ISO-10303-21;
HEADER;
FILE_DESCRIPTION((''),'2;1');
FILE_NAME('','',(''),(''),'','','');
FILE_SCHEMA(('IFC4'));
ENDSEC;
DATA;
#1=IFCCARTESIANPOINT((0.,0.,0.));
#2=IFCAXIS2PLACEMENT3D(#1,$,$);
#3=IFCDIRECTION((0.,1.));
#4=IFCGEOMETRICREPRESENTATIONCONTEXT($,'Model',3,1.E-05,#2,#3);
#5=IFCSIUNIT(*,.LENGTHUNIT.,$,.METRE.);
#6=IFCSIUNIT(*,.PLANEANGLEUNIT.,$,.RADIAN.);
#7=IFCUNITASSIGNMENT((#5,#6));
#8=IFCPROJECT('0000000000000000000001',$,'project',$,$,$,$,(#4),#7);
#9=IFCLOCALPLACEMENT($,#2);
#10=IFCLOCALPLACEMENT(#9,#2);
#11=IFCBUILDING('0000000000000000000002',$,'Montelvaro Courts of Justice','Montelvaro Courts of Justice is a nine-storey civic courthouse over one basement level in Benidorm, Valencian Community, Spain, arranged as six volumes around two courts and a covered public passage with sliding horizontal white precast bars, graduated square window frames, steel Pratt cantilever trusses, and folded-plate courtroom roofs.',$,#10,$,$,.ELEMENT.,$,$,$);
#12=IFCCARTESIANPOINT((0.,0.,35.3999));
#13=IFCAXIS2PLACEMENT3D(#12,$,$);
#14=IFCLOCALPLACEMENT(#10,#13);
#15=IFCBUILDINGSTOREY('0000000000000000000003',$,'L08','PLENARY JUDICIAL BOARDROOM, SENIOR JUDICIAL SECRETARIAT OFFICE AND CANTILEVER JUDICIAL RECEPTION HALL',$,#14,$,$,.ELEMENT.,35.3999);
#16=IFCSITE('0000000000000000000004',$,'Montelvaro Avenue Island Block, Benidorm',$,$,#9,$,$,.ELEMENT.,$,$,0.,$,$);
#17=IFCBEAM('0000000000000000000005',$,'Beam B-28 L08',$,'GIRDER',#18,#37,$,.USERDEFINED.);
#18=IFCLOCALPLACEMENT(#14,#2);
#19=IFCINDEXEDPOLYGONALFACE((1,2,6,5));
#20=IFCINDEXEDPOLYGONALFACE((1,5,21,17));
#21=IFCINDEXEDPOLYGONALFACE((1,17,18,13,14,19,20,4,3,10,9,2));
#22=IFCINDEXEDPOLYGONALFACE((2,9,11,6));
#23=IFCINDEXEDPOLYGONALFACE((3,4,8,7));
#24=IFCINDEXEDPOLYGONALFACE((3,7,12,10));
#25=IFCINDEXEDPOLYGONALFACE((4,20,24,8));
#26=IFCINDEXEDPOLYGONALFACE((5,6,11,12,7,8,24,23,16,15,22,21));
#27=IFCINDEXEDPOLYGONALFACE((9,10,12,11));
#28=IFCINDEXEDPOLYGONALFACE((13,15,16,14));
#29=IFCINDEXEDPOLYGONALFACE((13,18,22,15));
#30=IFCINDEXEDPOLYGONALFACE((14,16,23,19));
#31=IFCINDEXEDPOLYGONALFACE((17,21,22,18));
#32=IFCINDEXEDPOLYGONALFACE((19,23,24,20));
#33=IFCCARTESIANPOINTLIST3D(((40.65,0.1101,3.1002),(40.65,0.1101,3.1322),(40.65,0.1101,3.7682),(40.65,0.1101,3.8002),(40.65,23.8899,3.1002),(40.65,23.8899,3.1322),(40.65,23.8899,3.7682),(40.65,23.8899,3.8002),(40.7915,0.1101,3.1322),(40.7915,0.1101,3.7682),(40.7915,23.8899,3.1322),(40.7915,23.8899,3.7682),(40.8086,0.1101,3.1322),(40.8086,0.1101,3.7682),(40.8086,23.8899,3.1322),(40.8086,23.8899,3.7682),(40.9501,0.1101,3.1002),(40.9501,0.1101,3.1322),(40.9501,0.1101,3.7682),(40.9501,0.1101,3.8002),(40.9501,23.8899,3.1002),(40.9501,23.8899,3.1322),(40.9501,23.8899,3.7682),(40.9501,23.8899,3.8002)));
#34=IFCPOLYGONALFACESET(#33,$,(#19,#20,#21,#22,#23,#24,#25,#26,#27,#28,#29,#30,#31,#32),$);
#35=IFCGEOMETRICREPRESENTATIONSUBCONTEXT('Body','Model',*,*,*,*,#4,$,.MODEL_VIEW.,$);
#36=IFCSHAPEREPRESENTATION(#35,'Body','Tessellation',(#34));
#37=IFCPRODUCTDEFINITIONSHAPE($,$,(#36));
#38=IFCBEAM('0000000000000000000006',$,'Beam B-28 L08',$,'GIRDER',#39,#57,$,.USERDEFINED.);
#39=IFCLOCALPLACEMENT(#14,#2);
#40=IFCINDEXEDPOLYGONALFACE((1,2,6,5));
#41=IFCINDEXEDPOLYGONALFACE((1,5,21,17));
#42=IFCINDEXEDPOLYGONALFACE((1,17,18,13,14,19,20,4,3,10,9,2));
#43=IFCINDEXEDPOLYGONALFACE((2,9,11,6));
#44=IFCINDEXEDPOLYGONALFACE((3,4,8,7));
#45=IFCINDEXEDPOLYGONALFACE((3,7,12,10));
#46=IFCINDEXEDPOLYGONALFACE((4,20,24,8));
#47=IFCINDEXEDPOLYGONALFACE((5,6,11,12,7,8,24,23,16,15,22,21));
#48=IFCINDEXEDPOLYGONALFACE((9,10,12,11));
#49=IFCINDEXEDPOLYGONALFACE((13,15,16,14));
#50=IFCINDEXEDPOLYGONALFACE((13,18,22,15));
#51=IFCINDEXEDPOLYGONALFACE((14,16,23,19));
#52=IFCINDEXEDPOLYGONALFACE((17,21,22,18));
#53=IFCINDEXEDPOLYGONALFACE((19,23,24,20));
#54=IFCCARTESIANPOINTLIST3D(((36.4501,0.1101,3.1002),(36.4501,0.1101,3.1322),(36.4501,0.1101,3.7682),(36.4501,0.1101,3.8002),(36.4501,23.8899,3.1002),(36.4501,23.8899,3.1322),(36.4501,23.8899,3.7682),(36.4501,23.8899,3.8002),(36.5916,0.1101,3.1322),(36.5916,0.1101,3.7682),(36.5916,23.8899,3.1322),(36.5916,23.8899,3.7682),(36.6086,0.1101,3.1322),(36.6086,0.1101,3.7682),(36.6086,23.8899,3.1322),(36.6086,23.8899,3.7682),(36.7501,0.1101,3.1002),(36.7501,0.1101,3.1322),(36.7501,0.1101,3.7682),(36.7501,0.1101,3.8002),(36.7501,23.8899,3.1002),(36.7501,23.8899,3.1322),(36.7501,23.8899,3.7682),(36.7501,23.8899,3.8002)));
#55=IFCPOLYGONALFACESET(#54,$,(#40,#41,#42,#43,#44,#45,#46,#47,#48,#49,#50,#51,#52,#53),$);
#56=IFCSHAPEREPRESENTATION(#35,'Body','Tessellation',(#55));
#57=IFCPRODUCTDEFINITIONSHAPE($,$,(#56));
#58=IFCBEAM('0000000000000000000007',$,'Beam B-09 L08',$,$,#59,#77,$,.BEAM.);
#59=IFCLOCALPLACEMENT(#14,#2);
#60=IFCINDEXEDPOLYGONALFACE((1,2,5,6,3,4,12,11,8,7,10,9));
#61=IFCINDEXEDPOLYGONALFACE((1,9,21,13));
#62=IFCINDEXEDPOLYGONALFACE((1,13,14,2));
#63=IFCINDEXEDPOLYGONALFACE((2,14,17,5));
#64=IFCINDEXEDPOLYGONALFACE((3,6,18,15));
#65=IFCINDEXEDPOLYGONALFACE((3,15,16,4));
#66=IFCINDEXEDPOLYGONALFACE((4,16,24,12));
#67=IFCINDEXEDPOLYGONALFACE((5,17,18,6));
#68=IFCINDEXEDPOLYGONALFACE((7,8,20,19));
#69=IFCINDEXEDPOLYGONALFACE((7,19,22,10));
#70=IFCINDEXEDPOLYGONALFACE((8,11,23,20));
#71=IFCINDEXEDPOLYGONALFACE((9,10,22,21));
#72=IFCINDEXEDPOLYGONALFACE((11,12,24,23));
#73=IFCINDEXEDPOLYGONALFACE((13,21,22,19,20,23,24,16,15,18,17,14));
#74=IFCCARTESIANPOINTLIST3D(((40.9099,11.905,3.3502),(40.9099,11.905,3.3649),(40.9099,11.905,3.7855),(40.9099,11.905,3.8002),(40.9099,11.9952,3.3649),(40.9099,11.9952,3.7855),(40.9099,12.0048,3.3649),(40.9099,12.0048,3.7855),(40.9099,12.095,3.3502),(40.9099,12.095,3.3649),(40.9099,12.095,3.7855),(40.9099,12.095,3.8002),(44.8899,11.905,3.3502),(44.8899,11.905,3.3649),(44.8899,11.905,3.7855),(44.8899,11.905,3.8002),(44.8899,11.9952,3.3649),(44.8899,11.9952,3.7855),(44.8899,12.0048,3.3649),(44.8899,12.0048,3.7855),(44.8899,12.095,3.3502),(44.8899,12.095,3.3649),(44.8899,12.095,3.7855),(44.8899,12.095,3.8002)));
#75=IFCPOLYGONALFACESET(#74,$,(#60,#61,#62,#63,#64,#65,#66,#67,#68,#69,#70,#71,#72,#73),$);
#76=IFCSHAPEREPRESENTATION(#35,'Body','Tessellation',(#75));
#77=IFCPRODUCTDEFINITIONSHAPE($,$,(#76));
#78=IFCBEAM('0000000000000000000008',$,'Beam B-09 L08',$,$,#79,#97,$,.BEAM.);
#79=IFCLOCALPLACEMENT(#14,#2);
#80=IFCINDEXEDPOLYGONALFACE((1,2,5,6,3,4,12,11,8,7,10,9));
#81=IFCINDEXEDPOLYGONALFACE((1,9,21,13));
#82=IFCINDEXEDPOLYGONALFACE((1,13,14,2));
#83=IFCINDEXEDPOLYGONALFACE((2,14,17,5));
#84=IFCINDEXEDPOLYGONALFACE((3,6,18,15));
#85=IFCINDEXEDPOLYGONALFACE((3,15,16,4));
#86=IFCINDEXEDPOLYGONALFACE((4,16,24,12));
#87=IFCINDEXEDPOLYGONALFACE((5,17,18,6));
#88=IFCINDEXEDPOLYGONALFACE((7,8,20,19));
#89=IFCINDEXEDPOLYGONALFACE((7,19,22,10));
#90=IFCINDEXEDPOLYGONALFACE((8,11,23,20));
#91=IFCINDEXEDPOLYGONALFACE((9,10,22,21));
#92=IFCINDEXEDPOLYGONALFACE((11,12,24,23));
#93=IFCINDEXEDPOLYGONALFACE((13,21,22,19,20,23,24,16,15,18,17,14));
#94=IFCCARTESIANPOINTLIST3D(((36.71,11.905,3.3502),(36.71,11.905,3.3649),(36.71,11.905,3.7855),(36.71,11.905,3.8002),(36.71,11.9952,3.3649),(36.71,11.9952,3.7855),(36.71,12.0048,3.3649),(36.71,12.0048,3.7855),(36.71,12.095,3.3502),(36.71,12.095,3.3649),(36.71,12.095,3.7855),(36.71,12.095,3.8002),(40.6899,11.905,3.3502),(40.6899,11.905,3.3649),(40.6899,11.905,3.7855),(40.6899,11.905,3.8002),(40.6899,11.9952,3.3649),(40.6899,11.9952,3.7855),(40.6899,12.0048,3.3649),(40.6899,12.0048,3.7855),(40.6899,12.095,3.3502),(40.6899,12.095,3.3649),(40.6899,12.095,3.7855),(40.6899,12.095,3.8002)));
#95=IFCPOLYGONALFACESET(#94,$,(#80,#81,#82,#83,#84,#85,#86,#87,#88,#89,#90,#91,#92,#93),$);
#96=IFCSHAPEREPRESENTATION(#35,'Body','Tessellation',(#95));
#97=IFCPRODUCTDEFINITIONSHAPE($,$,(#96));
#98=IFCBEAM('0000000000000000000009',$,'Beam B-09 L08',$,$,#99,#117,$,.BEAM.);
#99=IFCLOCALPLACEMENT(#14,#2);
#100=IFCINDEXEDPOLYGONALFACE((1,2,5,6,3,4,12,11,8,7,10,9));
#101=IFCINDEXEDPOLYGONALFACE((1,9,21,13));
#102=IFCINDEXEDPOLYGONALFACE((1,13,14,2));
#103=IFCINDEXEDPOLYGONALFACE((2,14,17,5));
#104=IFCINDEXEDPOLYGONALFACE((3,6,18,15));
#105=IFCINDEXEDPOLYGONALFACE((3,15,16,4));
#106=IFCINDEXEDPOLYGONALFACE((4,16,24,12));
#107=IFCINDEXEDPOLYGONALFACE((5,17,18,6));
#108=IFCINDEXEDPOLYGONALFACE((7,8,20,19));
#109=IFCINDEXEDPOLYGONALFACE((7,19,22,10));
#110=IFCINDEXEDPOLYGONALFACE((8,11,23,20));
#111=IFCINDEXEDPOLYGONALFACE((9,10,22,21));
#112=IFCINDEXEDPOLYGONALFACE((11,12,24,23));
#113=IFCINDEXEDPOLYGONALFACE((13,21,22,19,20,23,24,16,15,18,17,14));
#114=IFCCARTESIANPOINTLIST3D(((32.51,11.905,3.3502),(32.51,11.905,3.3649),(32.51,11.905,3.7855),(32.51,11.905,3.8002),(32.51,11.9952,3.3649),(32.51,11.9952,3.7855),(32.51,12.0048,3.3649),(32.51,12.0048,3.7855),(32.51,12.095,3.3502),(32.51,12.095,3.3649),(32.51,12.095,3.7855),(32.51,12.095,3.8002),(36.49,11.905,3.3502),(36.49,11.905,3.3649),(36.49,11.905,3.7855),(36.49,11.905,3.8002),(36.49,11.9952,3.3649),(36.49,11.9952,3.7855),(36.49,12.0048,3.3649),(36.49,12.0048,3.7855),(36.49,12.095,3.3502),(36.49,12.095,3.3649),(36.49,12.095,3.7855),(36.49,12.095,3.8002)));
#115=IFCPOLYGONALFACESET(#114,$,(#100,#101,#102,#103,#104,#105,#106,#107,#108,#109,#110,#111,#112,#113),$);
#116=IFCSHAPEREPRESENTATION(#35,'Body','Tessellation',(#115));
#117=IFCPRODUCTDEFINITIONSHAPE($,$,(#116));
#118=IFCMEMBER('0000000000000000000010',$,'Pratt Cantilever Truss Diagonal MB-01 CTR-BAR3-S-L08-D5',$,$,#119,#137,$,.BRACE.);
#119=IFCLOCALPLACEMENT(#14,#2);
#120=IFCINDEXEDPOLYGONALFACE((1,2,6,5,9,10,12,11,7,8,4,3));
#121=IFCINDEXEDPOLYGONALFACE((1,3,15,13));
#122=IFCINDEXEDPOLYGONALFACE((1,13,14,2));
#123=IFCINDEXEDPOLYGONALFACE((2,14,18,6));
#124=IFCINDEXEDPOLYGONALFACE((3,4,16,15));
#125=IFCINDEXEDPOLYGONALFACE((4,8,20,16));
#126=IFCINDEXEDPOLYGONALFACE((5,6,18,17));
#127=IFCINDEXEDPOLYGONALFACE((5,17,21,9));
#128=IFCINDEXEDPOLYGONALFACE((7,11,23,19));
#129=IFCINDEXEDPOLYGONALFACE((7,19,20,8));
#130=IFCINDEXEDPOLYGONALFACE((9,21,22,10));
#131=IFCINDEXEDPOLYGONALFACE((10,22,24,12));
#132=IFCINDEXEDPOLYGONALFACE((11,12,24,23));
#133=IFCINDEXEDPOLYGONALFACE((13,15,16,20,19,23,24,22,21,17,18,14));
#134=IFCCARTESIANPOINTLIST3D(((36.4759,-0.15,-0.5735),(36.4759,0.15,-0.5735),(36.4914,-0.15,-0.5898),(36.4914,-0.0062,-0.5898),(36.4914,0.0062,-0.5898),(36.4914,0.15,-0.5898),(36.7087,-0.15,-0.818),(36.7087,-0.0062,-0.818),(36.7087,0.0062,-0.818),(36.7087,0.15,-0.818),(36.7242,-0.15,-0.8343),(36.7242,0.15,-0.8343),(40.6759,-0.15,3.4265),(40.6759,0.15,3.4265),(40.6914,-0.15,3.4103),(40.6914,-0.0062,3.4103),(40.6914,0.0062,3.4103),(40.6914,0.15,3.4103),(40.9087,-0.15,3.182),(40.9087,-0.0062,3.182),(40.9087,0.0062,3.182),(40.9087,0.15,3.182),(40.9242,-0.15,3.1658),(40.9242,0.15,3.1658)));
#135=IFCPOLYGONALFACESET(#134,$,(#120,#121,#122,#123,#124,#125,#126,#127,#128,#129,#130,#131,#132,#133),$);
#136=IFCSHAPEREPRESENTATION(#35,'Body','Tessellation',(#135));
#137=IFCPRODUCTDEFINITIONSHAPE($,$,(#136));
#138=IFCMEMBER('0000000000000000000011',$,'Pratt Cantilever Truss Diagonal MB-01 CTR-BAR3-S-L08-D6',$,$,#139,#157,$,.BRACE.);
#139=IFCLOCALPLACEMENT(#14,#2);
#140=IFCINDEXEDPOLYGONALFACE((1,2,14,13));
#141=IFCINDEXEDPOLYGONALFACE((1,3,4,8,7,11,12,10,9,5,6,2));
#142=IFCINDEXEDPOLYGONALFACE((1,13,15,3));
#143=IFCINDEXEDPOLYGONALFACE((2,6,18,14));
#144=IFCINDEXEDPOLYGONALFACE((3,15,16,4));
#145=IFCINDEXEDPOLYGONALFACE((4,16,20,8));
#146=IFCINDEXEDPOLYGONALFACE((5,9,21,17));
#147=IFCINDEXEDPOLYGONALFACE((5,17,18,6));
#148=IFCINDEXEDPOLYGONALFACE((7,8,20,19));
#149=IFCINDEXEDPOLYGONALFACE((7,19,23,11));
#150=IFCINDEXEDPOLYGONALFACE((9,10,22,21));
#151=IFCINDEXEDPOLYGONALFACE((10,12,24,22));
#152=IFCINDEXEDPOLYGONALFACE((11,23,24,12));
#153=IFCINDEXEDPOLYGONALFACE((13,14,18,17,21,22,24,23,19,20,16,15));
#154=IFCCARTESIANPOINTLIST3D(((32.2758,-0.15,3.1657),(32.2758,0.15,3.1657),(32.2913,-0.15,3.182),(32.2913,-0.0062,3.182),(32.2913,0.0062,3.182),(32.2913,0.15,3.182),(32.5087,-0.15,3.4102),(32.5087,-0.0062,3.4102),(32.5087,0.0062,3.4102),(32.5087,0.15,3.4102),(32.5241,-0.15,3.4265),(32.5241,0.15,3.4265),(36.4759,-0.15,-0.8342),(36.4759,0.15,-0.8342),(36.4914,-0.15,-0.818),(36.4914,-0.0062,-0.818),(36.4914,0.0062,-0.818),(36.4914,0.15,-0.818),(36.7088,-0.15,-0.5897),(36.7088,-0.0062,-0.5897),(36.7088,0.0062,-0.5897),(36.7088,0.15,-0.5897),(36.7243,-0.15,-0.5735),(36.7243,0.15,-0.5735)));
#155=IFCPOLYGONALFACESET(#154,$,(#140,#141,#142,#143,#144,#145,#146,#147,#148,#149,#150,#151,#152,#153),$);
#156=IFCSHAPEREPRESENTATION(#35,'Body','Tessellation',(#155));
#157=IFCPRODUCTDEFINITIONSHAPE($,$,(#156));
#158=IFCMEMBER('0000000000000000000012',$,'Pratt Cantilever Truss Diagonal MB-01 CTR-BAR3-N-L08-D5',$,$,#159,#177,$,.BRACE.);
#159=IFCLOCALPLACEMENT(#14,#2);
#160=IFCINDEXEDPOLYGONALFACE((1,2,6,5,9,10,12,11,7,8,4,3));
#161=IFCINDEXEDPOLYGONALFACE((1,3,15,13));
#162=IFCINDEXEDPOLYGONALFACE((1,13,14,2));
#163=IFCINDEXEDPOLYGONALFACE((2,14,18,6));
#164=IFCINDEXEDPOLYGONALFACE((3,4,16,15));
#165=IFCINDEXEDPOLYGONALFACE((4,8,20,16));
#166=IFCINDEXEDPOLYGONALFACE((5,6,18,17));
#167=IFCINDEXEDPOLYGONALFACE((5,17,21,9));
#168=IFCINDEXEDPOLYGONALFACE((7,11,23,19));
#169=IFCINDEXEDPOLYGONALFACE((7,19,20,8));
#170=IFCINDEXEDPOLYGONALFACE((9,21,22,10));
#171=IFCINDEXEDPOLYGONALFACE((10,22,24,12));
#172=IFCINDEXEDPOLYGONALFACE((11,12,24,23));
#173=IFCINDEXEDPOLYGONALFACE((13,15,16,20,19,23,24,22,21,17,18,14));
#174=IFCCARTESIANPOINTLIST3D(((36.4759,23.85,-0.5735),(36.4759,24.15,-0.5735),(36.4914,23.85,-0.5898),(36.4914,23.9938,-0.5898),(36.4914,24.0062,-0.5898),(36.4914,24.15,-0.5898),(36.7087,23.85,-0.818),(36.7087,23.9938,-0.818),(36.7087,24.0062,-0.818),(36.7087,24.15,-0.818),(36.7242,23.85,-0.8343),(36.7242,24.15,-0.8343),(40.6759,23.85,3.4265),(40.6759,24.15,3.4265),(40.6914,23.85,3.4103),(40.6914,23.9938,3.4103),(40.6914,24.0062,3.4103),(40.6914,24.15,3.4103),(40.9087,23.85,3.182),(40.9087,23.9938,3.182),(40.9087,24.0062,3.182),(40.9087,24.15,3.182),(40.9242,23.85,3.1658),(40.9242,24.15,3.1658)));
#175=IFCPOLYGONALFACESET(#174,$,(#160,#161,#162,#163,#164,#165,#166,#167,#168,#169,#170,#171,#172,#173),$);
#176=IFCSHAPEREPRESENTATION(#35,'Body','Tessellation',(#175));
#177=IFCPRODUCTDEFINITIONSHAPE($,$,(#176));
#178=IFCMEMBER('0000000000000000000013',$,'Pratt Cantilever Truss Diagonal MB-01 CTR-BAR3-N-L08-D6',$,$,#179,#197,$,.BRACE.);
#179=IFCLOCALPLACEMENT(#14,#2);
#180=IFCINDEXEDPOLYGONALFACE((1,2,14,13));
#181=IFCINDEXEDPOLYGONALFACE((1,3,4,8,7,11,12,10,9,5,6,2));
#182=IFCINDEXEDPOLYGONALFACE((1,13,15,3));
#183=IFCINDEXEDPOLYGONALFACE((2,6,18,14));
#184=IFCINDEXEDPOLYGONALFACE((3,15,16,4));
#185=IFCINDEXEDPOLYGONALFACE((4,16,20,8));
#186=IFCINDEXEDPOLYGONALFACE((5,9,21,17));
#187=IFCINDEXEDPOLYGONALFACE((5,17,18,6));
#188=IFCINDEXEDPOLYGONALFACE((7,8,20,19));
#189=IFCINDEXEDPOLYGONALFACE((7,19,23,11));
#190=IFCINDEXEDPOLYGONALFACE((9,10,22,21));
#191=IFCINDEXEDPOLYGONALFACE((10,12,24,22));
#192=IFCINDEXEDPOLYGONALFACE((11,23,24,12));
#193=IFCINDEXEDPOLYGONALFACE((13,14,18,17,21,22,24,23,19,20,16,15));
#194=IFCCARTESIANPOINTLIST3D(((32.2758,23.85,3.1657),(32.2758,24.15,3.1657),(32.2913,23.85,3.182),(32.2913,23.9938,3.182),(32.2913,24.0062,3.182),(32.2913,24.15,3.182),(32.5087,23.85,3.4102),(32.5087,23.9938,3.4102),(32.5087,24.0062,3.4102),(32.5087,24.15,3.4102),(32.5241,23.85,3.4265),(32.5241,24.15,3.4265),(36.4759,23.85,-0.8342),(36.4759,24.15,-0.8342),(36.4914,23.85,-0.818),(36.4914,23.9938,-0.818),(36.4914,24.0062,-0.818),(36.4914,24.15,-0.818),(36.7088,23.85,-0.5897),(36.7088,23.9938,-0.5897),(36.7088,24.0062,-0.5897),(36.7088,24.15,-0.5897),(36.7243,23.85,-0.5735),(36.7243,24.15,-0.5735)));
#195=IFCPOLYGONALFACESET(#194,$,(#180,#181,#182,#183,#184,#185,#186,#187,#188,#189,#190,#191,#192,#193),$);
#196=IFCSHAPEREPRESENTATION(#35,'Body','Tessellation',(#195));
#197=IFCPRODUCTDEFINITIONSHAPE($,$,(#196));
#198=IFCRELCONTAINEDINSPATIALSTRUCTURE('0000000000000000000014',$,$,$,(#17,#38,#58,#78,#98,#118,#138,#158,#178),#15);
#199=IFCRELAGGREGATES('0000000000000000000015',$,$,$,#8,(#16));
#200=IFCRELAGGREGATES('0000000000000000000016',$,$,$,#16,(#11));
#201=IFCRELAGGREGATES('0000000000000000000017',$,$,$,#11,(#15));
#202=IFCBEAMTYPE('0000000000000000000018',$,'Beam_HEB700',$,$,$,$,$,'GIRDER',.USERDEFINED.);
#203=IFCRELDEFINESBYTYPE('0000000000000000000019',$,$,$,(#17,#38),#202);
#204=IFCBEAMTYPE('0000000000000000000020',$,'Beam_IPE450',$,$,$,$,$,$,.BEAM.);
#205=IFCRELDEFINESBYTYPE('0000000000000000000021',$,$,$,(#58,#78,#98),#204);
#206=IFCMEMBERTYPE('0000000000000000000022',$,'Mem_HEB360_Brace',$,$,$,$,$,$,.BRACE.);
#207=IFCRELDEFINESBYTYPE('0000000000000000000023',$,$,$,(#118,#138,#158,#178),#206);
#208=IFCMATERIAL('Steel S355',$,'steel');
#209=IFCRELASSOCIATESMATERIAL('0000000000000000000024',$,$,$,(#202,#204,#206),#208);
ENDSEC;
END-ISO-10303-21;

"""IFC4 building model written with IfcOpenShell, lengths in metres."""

from ifc_helpers import new_model, si_unit, direction, frame, origin, origin_2d, place, context, subcontext, project, spatial, i_section, extrude, material, material_profile, profile_set, type_object, element, save


model = new_model("IFC4")

# Units and contexts
model_context = context("Model", 3, precision=1e-05, world=origin(), true_north=direction((0.0, 1.0)))
body_context = subcontext(model_context, "Body", "Model", "MODEL_VIEW")
ifc_project = project(units=[si_unit("LENGTHUNIT", "METRE"), si_unit("PLANEANGLEUNIT", "RADIAN")], contexts=[model_context])

# Site, building, storey
site_placement = place(None, origin())
site = spatial("IfcSite", under=ifc_project, at=site_placement, Name="Montelvaro Avenue Island Block, Benidorm", CompositionType="ELEMENT", RefElevation=0.0)
building_placement = place(site_placement, origin())
building = spatial("IfcBuilding", under=site, at=building_placement, Name="Montelvaro Courts of Justice", Description="Montelvaro Courts of Justice is a nine-storey civic courthouse over one basement level in Benidorm, Valencian Community, Spain, arranged as six volumes around two courts and a covered public passage with sliding horizontal white precast bars, graduated square window frames, steel Pratt cantilever trusses, and folded-plate courtroom roofs.", CompositionType="ELEMENT")
storey_placement = place(building_placement, frame((0.0, 0.0, 35.3999)))
storey = spatial("IfcBuildingStorey", under=building, at=storey_placement, Name="L08", Description="PLENARY JUDICIAL BOARDROOM, SENIOR JUDICIAL SECRETARIAT OFFICE AND CANTILEVER JUDICIAL RECEPTION HALL", CompositionType="ELEMENT", Elevation=35.3999)

# Beams
ifc_material_1 = material(Name="Steel S355", Category="steel")
ifc_material_profile_1 = material_profile(ifc_material_1, i_section(OverallWidth=0.3, OverallDepth=0.7, WebThickness=0.0171, FlangeThickness=0.032, at=origin_2d()), Name="HEB 700")
ifc_profile_set_1 = profile_set([ifc_material_profile_1], Name="Steel S355")
beam_type_1 = type_object("IfcBeamType", Name="Beam_HEB700", ElementType="GIRDER", PredefinedType="USERDEFINED", material=ifc_profile_set_1)
for number, where, z_axis, x_axis, name in (
    (1, (40.8, 0.1101, 3.4502), (0.0, 1.0, 0.0), (-1.0, 0.0, 0.0), "Beam B-28 L08"),
    (2, (36.6001, 0.1101, 3.4502), (0.0, 1.0, 0.0), (-1.0, 0.0, 0.0), "Beam B-28 L08"),
):
    element("IfcBeam", number, at=place(storey_placement, frame(where, z_axis=z_axis, x_axis=x_axis)), inside=storey, type_object=beam_type_1, Name=name, ObjectType="GIRDER", PredefinedType="USERDEFINED", context=body_context, shape_type="SweptSolid", body=[
        extrude(i_section(OverallWidth=0.3, OverallDepth=0.7, WebThickness=0.0171, FlangeThickness=0.032, at=origin_2d()), origin(), (0.0, 0.0, 1.0), 23.7798),
    ])
ifc_material_profile_2 = material_profile(ifc_material_1, i_section(OverallWidth=0.1899, OverallDepth=0.45, WebThickness=0.0095, FlangeThickness=0.0146, at=origin_2d()), Name="IPE 450")
ifc_profile_set_2 = profile_set([ifc_material_profile_2], Name="Steel S355")
beam_type_2 = type_object("IfcBeamType", Name="Beam_IPE450", PredefinedType="BEAM", material=ifc_profile_set_2)
for number, where, z_axis, x_axis, name in (
    (3, (40.9099, 12.0, 3.5752), (1.0, 0.0, 0.0), (0.0, 1.0, 0.0), "Beam B-09 L08"),
    (4, (36.71, 12.0, 3.5752), (1.0, 0.0, 0.0), (0.0, 1.0, 0.0), "Beam B-09 L08"),
    (5, (32.51, 12.0, 3.5752), (1.0, 0.0, 0.0), (0.0, 1.0, 0.0), "Beam B-09 L08"),
):
    element("IfcBeam", number, at=place(storey_placement, frame(where, z_axis=z_axis, x_axis=x_axis)), inside=storey, type_object=beam_type_2, Name=name, PredefinedType="BEAM", context=body_context, shape_type="SweptSolid", body=[
        extrude(i_section(OverallWidth=0.1899, OverallDepth=0.45, WebThickness=0.0095, FlangeThickness=0.0146, at=origin_2d()), origin(), (0.0, 0.0, 1.0), 3.98),
    ])

# Members
ifc_material_profile_3 = material_profile(ifc_material_1, i_section(OverallWidth=0.3, OverallDepth=0.3601, WebThickness=0.0125, FlangeThickness=0.0225, at=origin_2d()), Name="HEB 360")
ifc_profile_set_3 = profile_set([ifc_material_profile_3], Name="Steel S355")
member_type_1 = type_object("IfcMemberType", Name="Mem_HEB360_Brace", PredefinedType="BRACE", material=ifc_profile_set_3)
for number, where, z_axis, x_axis, name in (
    (6, (40.8, 0.0, 3.2961), (-0.724134, 0.0, -0.689659), (0.0, -1.0, 0.0), "Pratt Cantilever Truss Diagonal MB-01 CTR-BAR3-S-L08-D5"),
    (7, (36.6001, 0.0, -0.7039), (-0.724154, 0.0, 0.689638), (0.0, -1.0, 0.0), "Pratt Cantilever Truss Diagonal MB-01 CTR-BAR3-S-L08-D6"),
    (8, (40.8, 24.0, 3.2961), (-0.724134, 0.0, -0.689659), (0.0, -1.0, 0.0), "Pratt Cantilever Truss Diagonal MB-01 CTR-BAR3-N-L08-D5"),
    (9, (36.6001, 24.0, -0.7039), (-0.724154, 0.0, 0.689638), (0.0, -1.0, 0.0), "Pratt Cantilever Truss Diagonal MB-01 CTR-BAR3-N-L08-D6"),
):
    element("IfcMember", number, at=place(storey_placement, frame(where, z_axis=z_axis, x_axis=x_axis)), inside=storey, type_object=member_type_1, Name=name, PredefinedType="BRACE", context=body_context, shape_type="SweptSolid", body=[
        extrude(i_section(OverallWidth=0.3, OverallDepth=0.3601, WebThickness=0.0125, FlangeThickness=0.0225, at=origin_2d()), origin(), (0.0, 0.0, 1.0), 5.8),
    ])

save(model, "model.ifc")
